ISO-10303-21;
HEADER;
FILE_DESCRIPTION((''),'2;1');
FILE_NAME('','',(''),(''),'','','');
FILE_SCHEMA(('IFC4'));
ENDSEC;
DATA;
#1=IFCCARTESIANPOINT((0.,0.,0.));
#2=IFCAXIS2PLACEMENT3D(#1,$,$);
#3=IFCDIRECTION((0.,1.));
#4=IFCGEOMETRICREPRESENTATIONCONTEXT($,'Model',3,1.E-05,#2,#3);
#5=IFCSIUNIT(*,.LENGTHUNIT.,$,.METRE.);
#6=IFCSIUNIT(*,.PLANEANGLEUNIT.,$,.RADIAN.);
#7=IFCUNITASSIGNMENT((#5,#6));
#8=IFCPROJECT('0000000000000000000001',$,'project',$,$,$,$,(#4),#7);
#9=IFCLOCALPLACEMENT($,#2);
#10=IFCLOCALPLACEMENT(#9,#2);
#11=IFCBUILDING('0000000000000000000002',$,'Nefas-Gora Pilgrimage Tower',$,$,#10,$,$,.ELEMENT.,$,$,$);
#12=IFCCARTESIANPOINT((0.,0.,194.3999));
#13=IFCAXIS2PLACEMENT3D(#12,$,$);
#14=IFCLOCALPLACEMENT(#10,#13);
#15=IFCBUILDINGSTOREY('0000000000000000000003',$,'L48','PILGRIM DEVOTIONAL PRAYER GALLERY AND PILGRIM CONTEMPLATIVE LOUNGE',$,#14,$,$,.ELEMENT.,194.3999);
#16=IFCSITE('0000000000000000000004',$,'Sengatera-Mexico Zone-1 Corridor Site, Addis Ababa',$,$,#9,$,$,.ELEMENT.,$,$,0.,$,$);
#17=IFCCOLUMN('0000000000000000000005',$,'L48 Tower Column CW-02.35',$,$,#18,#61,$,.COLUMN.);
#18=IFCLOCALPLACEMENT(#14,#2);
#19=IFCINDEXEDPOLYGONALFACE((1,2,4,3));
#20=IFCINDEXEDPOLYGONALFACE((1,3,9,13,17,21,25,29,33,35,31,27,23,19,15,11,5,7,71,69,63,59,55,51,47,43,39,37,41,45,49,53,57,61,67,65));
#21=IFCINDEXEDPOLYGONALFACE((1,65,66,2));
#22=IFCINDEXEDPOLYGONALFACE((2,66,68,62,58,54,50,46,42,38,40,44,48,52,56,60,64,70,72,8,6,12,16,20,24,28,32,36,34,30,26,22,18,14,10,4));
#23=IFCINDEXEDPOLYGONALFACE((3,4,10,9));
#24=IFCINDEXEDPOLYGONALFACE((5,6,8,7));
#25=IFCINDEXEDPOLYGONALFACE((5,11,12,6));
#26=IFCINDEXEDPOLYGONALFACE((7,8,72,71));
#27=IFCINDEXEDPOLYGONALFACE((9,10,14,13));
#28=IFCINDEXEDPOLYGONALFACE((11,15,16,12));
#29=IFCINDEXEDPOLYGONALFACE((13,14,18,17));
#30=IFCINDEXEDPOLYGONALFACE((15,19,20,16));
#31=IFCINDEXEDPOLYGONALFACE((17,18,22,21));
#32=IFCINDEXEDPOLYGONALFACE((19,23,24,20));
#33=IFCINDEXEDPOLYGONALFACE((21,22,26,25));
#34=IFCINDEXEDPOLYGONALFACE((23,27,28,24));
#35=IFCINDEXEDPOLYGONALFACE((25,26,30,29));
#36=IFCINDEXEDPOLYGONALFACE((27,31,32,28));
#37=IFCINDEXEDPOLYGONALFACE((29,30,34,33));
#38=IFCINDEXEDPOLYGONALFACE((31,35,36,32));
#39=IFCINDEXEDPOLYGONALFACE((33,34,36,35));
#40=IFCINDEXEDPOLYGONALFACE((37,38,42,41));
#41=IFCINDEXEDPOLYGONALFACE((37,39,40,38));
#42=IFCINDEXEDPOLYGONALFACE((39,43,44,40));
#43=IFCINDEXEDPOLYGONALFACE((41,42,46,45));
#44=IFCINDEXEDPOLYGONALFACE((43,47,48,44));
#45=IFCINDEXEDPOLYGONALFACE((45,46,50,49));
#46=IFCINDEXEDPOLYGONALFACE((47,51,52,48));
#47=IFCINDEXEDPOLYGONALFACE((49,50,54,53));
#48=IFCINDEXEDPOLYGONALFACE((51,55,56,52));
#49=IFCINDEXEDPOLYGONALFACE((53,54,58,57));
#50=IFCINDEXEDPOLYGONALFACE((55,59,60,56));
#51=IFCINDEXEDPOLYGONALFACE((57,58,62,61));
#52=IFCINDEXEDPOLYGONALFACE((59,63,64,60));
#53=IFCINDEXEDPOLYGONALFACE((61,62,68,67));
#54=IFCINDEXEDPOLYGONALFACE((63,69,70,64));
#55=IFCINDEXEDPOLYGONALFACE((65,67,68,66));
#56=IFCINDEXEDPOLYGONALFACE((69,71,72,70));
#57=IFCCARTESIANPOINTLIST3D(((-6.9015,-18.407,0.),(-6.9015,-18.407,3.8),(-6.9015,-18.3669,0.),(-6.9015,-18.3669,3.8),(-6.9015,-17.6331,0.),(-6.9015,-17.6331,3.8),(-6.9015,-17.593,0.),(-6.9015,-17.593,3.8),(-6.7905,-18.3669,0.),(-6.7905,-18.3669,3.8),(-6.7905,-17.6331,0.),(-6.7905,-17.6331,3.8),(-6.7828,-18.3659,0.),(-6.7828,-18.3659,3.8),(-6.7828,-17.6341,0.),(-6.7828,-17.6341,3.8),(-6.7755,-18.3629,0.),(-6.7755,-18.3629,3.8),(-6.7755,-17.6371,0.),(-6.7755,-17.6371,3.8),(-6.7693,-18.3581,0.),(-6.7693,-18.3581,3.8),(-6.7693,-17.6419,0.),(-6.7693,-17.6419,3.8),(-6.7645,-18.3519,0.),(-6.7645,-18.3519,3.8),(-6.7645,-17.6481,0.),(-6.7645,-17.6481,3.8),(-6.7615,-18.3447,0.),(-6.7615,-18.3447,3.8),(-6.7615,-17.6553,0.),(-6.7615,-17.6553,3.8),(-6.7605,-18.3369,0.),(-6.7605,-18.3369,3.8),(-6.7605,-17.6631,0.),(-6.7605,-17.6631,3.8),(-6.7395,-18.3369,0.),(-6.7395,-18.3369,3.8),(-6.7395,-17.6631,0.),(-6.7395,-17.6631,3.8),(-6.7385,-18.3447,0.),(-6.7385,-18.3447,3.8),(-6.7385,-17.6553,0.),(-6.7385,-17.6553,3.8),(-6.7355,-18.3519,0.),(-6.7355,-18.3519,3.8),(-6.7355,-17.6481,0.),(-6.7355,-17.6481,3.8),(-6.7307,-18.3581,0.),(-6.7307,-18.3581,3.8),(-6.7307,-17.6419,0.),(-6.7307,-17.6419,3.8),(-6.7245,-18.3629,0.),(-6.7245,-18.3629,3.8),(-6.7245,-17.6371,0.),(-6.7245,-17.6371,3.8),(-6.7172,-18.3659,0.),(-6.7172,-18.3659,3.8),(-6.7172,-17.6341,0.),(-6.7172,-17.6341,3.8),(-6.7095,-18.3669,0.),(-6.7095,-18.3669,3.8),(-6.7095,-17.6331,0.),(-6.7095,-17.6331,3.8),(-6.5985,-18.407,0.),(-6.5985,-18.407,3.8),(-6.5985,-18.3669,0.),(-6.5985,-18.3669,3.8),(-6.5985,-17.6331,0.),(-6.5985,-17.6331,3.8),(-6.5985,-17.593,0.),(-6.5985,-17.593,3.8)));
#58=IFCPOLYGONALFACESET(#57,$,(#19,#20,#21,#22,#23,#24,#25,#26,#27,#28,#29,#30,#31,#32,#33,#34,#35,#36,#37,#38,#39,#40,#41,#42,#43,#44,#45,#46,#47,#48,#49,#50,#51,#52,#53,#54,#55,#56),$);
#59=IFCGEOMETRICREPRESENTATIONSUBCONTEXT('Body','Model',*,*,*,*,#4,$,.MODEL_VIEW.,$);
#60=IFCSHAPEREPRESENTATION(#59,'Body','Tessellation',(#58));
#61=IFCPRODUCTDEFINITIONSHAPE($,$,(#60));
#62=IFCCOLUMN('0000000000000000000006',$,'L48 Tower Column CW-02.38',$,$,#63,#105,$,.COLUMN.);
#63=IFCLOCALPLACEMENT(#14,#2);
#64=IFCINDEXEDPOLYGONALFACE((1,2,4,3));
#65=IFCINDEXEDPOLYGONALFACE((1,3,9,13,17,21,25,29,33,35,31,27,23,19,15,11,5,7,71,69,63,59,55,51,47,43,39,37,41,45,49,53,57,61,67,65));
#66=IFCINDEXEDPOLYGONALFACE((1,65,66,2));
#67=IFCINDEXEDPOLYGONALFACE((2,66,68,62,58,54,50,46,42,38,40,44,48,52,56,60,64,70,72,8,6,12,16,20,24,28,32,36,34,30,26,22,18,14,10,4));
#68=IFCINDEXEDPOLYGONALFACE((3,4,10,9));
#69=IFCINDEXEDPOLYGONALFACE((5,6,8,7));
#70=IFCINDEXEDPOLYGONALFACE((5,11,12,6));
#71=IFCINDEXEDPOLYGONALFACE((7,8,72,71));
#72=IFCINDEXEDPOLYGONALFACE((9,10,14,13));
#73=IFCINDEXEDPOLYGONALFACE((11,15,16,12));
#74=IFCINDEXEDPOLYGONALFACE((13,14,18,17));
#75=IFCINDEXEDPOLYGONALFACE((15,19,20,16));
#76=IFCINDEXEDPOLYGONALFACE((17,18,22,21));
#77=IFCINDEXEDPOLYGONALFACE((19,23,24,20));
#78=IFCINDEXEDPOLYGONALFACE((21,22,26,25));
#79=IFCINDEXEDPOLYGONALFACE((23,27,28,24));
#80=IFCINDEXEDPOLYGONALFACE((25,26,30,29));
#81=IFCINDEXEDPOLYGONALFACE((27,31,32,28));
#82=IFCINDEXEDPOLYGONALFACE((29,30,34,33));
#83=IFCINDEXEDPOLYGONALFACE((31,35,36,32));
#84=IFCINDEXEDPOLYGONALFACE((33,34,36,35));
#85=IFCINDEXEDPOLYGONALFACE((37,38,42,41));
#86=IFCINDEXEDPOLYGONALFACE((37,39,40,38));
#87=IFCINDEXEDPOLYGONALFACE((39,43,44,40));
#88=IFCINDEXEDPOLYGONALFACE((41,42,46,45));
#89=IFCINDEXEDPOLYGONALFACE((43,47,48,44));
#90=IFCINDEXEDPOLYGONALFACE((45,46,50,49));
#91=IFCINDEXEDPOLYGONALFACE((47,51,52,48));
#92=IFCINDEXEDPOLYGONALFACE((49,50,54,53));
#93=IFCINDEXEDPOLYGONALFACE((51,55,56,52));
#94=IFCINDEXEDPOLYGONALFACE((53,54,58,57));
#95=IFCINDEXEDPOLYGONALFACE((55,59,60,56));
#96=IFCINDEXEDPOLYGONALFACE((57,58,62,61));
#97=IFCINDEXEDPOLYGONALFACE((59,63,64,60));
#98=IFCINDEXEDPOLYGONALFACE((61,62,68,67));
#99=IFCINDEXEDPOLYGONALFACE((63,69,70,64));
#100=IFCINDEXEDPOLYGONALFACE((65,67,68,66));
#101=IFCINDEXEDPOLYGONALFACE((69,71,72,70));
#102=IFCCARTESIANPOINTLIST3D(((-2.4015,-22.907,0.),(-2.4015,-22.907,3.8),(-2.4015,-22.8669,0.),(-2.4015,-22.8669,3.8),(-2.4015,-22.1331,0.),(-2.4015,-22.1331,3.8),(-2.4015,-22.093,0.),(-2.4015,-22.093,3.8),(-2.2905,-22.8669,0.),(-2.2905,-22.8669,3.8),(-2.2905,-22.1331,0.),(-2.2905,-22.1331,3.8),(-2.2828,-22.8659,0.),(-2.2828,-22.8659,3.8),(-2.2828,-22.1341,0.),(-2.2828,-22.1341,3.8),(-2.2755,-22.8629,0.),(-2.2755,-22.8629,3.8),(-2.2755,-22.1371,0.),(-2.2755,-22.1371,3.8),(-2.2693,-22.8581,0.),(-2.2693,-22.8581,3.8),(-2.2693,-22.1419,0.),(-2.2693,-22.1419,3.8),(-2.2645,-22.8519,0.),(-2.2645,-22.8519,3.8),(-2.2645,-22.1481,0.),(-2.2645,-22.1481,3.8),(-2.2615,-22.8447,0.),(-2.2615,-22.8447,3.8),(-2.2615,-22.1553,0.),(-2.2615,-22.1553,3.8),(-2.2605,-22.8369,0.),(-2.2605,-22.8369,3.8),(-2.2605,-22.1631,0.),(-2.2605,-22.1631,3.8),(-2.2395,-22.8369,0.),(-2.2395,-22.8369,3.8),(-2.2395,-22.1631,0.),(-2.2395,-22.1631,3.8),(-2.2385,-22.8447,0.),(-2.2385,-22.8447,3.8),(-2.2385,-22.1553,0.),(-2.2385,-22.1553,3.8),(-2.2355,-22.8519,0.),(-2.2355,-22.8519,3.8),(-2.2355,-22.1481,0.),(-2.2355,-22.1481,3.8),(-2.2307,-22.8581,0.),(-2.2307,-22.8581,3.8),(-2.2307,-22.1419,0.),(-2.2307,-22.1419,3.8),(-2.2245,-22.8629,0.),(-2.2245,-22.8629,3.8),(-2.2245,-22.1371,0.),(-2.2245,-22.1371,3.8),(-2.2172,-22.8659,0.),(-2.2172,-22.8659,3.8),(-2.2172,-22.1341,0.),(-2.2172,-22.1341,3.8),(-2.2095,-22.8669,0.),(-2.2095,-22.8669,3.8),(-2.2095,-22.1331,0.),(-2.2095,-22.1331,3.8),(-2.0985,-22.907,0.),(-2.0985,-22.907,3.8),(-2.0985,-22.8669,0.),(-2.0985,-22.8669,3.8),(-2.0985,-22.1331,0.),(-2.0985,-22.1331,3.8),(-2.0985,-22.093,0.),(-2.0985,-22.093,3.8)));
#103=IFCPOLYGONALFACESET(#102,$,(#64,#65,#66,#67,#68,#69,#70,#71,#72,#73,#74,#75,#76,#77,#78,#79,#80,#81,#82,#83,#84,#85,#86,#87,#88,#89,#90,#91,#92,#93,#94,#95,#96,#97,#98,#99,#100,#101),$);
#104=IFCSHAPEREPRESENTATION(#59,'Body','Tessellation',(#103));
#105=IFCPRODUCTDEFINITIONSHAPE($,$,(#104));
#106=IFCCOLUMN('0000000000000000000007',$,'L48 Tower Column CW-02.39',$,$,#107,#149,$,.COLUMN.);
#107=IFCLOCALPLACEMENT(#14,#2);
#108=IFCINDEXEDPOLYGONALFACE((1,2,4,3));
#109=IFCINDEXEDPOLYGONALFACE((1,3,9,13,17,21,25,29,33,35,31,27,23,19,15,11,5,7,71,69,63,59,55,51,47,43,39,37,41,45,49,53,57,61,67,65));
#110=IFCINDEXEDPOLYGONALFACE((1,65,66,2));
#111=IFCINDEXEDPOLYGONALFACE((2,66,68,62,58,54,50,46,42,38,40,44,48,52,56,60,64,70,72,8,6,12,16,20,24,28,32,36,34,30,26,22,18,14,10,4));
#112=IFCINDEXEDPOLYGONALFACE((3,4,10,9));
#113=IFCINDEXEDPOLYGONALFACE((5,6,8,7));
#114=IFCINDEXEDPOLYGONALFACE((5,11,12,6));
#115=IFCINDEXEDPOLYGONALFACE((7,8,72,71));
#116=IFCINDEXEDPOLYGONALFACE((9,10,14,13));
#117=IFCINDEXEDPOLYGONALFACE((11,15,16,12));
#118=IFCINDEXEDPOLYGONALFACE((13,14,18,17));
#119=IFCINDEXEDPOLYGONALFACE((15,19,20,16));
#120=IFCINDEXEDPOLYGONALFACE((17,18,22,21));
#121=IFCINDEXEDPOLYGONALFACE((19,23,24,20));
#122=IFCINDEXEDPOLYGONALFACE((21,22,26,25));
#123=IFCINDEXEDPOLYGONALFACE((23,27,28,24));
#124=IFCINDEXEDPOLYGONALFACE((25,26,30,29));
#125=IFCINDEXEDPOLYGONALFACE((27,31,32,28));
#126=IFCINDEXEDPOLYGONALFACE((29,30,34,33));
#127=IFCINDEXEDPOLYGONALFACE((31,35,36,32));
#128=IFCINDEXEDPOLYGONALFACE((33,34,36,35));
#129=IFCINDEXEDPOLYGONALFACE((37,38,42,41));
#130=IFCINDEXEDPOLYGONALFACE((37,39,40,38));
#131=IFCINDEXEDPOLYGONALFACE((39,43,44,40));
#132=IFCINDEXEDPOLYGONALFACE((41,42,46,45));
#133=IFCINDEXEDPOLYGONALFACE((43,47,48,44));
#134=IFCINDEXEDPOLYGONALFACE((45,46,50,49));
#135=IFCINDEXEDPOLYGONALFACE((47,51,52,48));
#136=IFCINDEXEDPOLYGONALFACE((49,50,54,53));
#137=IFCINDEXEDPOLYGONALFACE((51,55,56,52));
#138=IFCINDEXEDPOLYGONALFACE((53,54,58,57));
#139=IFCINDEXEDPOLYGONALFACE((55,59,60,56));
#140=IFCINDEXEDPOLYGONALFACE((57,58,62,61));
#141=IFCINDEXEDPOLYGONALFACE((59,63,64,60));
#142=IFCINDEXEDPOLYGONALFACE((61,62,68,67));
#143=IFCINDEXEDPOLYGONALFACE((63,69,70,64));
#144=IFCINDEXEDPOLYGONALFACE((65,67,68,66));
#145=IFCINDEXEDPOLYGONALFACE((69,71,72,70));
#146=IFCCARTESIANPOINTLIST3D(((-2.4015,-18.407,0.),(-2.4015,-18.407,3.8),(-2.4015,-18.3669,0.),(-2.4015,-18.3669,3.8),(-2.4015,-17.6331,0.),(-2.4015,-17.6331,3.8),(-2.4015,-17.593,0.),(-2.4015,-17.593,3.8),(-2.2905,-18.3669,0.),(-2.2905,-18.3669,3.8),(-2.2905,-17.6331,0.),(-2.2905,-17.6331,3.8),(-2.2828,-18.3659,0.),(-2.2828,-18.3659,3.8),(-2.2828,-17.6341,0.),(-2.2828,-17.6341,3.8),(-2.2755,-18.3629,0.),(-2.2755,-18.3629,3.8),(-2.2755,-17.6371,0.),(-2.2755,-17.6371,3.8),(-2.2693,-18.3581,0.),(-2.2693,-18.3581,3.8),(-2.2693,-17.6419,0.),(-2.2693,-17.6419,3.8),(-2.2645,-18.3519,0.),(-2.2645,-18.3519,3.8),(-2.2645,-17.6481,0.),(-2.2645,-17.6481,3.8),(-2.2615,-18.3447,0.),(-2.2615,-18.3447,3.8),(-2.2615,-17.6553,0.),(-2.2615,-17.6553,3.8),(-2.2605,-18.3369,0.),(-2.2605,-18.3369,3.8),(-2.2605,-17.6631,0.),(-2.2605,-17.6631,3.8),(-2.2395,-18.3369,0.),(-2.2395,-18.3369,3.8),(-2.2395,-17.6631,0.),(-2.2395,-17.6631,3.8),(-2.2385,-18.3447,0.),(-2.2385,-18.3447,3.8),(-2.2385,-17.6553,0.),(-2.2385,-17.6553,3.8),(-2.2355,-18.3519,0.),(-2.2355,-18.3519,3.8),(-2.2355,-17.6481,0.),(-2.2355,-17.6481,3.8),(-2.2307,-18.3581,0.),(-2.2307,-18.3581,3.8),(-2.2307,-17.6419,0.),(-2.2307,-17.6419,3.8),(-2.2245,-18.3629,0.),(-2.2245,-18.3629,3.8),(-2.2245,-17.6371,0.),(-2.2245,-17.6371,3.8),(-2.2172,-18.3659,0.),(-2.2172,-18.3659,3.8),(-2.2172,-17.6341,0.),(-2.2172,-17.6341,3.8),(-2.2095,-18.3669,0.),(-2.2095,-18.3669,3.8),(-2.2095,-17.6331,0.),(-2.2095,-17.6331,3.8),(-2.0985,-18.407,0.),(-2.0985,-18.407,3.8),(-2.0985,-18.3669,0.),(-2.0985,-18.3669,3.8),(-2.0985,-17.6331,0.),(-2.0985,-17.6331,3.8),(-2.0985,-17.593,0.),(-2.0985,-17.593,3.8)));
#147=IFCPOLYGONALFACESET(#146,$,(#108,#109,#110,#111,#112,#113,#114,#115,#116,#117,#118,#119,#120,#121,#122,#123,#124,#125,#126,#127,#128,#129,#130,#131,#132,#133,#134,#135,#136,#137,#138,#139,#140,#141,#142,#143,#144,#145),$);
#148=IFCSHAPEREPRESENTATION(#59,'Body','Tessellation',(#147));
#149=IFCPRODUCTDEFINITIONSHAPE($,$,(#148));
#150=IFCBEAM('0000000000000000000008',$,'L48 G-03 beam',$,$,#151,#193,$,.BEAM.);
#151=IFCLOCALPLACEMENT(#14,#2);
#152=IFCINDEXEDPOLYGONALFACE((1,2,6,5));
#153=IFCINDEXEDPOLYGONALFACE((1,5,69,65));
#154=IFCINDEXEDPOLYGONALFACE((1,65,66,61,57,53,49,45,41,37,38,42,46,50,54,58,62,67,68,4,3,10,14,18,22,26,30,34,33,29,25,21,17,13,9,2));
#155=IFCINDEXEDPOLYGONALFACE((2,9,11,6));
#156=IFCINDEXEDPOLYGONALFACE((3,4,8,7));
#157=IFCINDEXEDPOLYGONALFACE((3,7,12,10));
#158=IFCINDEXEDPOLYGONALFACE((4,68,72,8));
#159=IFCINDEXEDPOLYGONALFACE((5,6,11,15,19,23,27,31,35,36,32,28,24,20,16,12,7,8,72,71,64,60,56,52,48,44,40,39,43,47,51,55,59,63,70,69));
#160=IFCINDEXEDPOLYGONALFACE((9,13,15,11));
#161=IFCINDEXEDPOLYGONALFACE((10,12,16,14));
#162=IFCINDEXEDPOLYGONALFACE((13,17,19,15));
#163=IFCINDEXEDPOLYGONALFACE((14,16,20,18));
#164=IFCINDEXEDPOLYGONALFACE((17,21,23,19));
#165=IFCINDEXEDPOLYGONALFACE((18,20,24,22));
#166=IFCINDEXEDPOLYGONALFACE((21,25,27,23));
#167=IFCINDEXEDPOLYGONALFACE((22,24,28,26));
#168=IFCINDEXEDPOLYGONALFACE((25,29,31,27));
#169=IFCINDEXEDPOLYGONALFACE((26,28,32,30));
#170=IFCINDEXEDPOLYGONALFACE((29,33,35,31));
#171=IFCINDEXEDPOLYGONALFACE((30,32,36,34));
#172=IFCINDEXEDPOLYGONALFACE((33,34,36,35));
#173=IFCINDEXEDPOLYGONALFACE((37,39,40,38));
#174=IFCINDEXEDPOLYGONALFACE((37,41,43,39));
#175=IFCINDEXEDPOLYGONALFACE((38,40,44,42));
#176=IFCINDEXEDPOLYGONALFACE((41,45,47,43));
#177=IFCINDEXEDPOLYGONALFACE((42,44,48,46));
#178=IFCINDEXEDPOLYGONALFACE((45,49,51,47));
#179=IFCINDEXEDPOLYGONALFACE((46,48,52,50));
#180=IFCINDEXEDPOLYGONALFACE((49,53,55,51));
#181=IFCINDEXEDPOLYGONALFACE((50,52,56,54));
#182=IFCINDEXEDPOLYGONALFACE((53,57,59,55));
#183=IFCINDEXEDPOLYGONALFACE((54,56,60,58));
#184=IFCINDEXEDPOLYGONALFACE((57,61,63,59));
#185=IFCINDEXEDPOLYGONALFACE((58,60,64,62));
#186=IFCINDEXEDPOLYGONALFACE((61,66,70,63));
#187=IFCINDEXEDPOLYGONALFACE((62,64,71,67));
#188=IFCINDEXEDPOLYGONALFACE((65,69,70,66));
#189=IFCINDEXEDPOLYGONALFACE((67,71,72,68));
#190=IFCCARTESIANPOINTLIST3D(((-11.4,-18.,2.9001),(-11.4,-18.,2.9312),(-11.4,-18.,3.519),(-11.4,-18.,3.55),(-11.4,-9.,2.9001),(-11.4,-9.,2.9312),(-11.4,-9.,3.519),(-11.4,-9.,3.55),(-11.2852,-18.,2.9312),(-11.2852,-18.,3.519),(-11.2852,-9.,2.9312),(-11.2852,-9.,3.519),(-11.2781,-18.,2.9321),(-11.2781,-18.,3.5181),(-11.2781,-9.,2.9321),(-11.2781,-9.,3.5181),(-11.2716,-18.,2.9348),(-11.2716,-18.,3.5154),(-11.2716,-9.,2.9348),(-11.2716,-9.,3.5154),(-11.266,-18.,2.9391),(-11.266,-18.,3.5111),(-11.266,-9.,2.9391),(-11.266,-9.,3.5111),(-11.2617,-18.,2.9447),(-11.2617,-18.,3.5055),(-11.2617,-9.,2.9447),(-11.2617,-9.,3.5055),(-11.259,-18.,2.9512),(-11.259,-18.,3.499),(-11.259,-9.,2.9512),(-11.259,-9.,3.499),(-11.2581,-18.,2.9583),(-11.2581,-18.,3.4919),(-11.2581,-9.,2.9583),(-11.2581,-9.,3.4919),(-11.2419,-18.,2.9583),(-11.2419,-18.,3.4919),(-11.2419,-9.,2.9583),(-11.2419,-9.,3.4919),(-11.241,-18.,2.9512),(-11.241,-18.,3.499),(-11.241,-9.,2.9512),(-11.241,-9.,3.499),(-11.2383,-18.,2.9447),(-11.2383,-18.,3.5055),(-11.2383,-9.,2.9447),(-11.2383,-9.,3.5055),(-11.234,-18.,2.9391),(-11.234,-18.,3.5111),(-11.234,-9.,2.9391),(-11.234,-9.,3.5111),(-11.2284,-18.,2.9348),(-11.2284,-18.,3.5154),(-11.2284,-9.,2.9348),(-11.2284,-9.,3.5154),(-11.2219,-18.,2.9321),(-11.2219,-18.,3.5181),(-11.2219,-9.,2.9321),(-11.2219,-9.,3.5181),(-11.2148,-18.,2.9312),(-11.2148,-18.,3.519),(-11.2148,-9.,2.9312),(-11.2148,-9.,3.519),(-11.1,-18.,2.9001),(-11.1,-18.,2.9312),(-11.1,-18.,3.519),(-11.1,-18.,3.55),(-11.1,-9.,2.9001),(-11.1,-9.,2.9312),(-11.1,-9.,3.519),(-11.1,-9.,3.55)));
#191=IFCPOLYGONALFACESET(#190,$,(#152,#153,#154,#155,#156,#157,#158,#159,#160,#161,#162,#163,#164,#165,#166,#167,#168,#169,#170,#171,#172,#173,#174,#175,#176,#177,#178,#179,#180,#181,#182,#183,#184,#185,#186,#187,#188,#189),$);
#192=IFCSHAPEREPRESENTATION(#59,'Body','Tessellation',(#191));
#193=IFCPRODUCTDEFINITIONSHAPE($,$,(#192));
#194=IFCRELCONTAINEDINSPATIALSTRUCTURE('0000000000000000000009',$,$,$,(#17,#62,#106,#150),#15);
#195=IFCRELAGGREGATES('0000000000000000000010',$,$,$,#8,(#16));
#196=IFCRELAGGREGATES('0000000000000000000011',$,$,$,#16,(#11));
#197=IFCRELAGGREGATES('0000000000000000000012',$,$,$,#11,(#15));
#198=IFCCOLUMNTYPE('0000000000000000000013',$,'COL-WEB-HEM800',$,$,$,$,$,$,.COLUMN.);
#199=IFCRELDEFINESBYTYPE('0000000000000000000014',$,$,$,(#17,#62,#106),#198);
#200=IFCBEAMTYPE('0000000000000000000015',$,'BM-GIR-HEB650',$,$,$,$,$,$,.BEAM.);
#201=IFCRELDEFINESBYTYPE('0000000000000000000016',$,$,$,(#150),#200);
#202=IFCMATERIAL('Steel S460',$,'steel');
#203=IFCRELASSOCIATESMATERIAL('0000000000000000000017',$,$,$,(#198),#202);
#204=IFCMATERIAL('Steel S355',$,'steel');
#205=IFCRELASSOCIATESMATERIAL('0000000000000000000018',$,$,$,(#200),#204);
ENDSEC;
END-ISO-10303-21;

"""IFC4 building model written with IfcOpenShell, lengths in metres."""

from ifc_helpers import new_model, si_unit, direction, frame, origin, origin_2d, place, context, subcontext, project, spatial, i_section, extrude, source, transform, mapped, material, material_profile, profile_set, type_object, element, save


model = new_model("IFC4")

# Units and contexts
model_context = context("Model", 3, precision=1e-05, world=origin(), true_north=direction((0.0, 1.0)))
body_context = subcontext(model_context, "Body", "Model", "MODEL_VIEW")
ifc_project = project(units=[si_unit("LENGTHUNIT", "METRE"), si_unit("PLANEANGLEUNIT", "RADIAN")], contexts=[model_context])

# Site, building, storey
site_placement = place(None, origin())
site = spatial("IfcSite", under=ifc_project, at=site_placement, Name="Sengatera-Mexico Zone-1 Corridor Site, Addis Ababa", CompositionType="ELEMENT", RefElevation=0.0)
building_placement = place(site_placement, origin())
building = spatial("IfcBuilding", under=site, at=building_placement, Name="Nefas-Gora Pilgrimage Tower", CompositionType="ELEMENT")
storey_placement = place(building_placement, frame((0.0, 0.0, 194.3999)))
storey = spatial("IfcBuildingStorey", under=building, at=storey_placement, Name="L48", Description="PILGRIM DEVOTIONAL PRAYER GALLERY AND PILGRIM CONTEMPLATIVE LOUNGE", CompositionType="ELEMENT", Elevation=194.3999)

# Columns
ifc_material_1 = material(Name="Steel S460", Category="steel")
ifc_material_profile_1 = material_profile(ifc_material_1, i_section(OverallWidth=0.303, OverallDepth=0.814, WebThickness=0.021, FlangeThickness=0.04, FilletRadius=0.03, at=origin_2d()), Name="HEM 800")
ifc_profile_set_1 = profile_set([ifc_material_profile_1], Name="Steel S460")
column_type_1 = type_object("IfcColumnType", Name="COL-WEB-HEM800", PredefinedType="COLUMN", material=ifc_profile_set_1)
shared_shape_1 = source(origin(), body_context, "Body", "SweptSolid", [
    extrude(i_section(OverallWidth=0.303, OverallDepth=0.814, WebThickness=0.021, FlangeThickness=0.04, FilletRadius=0.03, at=origin_2d()), origin(), (0.0, 0.0, 1.0), 3.8),
])
for number, where, z_axis, x_axis, name in (
    (1, (-6.75, -18.0, 0.0), (0.0, 0.0, 1.0), (1.0, 0.0, 0.0), "L48 Tower Column CW-02.35"),
    (2, (-2.25, -22.5, 0.0), (0.0, 0.0, 1.0), (1.0, 0.0, 0.0), "L48 Tower Column CW-02.38"),
    (3, (-2.25, -18.0, 0.0), (0.0, 0.0, 1.0), (1.0, 0.0, 0.0), "L48 Tower Column CW-02.39"),
):
    element("IfcColumn", number, at=place(storey_placement, frame(where, z_axis=z_axis, x_axis=x_axis)), inside=storey, type_object=column_type_1, Name=name, PredefinedType="COLUMN", context=body_context, shape_type="MappedRepresentation", body=[
        mapped(shared_shape_1, transform((0.0, 0.0, 0.0), x_axis=(1.0, 0.0, 0.0), y_axis=(0.0, 1.0, 0.0), z_axis=(0.0, 0.0, 1.0), scale=1.0)),
    ])

# Beam
ifc_material_2 = material(Name="Steel S355", Category="steel")
ifc_material_profile_2 = material_profile(ifc_material_2, i_section(OverallWidth=0.3, OverallDepth=0.6499, WebThickness=0.0161, FlangeThickness=0.031, FilletRadius=0.0271, at=origin_2d()), Name="HEB 650")
ifc_profile_set_2 = profile_set([ifc_material_profile_2], Name="Steel S355")
beam_type = type_object("IfcBeamType", Name="BM-GIR-HEB650", PredefinedType="BEAM", material=ifc_profile_set_2)
shared_shape_2 = source(origin(), body_context, "Body", "SweptSolid", [
    extrude(i_section(OverallWidth=0.3, OverallDepth=0.6499, WebThickness=0.0161, FlangeThickness=0.031, FilletRadius=0.0271, at=origin_2d()), origin(), (0.0, 0.0, 1.0), 9.0),
])
beam_placement = place(storey_placement, frame((-11.25, -18.0, 3.2251), z_axis=(0.0, 1.0, 0.0), x_axis=(-1.0, 0.0, 0.0)))
element("IfcBeam", 4, at=beam_placement, inside=storey, type_object=beam_type, Name="L48 G-03 beam", PredefinedType="BEAM", context=body_context, shape_type="MappedRepresentation", body=[
    mapped(shared_shape_2, transform((0.0, 0.0, 0.0), x_axis=(1.0, 0.0, 0.0), y_axis=(0.0, 1.0, 0.0), z_axis=(0.0, 0.0, 1.0), scale=1.0)),
])

save(model, "model.ifc")
